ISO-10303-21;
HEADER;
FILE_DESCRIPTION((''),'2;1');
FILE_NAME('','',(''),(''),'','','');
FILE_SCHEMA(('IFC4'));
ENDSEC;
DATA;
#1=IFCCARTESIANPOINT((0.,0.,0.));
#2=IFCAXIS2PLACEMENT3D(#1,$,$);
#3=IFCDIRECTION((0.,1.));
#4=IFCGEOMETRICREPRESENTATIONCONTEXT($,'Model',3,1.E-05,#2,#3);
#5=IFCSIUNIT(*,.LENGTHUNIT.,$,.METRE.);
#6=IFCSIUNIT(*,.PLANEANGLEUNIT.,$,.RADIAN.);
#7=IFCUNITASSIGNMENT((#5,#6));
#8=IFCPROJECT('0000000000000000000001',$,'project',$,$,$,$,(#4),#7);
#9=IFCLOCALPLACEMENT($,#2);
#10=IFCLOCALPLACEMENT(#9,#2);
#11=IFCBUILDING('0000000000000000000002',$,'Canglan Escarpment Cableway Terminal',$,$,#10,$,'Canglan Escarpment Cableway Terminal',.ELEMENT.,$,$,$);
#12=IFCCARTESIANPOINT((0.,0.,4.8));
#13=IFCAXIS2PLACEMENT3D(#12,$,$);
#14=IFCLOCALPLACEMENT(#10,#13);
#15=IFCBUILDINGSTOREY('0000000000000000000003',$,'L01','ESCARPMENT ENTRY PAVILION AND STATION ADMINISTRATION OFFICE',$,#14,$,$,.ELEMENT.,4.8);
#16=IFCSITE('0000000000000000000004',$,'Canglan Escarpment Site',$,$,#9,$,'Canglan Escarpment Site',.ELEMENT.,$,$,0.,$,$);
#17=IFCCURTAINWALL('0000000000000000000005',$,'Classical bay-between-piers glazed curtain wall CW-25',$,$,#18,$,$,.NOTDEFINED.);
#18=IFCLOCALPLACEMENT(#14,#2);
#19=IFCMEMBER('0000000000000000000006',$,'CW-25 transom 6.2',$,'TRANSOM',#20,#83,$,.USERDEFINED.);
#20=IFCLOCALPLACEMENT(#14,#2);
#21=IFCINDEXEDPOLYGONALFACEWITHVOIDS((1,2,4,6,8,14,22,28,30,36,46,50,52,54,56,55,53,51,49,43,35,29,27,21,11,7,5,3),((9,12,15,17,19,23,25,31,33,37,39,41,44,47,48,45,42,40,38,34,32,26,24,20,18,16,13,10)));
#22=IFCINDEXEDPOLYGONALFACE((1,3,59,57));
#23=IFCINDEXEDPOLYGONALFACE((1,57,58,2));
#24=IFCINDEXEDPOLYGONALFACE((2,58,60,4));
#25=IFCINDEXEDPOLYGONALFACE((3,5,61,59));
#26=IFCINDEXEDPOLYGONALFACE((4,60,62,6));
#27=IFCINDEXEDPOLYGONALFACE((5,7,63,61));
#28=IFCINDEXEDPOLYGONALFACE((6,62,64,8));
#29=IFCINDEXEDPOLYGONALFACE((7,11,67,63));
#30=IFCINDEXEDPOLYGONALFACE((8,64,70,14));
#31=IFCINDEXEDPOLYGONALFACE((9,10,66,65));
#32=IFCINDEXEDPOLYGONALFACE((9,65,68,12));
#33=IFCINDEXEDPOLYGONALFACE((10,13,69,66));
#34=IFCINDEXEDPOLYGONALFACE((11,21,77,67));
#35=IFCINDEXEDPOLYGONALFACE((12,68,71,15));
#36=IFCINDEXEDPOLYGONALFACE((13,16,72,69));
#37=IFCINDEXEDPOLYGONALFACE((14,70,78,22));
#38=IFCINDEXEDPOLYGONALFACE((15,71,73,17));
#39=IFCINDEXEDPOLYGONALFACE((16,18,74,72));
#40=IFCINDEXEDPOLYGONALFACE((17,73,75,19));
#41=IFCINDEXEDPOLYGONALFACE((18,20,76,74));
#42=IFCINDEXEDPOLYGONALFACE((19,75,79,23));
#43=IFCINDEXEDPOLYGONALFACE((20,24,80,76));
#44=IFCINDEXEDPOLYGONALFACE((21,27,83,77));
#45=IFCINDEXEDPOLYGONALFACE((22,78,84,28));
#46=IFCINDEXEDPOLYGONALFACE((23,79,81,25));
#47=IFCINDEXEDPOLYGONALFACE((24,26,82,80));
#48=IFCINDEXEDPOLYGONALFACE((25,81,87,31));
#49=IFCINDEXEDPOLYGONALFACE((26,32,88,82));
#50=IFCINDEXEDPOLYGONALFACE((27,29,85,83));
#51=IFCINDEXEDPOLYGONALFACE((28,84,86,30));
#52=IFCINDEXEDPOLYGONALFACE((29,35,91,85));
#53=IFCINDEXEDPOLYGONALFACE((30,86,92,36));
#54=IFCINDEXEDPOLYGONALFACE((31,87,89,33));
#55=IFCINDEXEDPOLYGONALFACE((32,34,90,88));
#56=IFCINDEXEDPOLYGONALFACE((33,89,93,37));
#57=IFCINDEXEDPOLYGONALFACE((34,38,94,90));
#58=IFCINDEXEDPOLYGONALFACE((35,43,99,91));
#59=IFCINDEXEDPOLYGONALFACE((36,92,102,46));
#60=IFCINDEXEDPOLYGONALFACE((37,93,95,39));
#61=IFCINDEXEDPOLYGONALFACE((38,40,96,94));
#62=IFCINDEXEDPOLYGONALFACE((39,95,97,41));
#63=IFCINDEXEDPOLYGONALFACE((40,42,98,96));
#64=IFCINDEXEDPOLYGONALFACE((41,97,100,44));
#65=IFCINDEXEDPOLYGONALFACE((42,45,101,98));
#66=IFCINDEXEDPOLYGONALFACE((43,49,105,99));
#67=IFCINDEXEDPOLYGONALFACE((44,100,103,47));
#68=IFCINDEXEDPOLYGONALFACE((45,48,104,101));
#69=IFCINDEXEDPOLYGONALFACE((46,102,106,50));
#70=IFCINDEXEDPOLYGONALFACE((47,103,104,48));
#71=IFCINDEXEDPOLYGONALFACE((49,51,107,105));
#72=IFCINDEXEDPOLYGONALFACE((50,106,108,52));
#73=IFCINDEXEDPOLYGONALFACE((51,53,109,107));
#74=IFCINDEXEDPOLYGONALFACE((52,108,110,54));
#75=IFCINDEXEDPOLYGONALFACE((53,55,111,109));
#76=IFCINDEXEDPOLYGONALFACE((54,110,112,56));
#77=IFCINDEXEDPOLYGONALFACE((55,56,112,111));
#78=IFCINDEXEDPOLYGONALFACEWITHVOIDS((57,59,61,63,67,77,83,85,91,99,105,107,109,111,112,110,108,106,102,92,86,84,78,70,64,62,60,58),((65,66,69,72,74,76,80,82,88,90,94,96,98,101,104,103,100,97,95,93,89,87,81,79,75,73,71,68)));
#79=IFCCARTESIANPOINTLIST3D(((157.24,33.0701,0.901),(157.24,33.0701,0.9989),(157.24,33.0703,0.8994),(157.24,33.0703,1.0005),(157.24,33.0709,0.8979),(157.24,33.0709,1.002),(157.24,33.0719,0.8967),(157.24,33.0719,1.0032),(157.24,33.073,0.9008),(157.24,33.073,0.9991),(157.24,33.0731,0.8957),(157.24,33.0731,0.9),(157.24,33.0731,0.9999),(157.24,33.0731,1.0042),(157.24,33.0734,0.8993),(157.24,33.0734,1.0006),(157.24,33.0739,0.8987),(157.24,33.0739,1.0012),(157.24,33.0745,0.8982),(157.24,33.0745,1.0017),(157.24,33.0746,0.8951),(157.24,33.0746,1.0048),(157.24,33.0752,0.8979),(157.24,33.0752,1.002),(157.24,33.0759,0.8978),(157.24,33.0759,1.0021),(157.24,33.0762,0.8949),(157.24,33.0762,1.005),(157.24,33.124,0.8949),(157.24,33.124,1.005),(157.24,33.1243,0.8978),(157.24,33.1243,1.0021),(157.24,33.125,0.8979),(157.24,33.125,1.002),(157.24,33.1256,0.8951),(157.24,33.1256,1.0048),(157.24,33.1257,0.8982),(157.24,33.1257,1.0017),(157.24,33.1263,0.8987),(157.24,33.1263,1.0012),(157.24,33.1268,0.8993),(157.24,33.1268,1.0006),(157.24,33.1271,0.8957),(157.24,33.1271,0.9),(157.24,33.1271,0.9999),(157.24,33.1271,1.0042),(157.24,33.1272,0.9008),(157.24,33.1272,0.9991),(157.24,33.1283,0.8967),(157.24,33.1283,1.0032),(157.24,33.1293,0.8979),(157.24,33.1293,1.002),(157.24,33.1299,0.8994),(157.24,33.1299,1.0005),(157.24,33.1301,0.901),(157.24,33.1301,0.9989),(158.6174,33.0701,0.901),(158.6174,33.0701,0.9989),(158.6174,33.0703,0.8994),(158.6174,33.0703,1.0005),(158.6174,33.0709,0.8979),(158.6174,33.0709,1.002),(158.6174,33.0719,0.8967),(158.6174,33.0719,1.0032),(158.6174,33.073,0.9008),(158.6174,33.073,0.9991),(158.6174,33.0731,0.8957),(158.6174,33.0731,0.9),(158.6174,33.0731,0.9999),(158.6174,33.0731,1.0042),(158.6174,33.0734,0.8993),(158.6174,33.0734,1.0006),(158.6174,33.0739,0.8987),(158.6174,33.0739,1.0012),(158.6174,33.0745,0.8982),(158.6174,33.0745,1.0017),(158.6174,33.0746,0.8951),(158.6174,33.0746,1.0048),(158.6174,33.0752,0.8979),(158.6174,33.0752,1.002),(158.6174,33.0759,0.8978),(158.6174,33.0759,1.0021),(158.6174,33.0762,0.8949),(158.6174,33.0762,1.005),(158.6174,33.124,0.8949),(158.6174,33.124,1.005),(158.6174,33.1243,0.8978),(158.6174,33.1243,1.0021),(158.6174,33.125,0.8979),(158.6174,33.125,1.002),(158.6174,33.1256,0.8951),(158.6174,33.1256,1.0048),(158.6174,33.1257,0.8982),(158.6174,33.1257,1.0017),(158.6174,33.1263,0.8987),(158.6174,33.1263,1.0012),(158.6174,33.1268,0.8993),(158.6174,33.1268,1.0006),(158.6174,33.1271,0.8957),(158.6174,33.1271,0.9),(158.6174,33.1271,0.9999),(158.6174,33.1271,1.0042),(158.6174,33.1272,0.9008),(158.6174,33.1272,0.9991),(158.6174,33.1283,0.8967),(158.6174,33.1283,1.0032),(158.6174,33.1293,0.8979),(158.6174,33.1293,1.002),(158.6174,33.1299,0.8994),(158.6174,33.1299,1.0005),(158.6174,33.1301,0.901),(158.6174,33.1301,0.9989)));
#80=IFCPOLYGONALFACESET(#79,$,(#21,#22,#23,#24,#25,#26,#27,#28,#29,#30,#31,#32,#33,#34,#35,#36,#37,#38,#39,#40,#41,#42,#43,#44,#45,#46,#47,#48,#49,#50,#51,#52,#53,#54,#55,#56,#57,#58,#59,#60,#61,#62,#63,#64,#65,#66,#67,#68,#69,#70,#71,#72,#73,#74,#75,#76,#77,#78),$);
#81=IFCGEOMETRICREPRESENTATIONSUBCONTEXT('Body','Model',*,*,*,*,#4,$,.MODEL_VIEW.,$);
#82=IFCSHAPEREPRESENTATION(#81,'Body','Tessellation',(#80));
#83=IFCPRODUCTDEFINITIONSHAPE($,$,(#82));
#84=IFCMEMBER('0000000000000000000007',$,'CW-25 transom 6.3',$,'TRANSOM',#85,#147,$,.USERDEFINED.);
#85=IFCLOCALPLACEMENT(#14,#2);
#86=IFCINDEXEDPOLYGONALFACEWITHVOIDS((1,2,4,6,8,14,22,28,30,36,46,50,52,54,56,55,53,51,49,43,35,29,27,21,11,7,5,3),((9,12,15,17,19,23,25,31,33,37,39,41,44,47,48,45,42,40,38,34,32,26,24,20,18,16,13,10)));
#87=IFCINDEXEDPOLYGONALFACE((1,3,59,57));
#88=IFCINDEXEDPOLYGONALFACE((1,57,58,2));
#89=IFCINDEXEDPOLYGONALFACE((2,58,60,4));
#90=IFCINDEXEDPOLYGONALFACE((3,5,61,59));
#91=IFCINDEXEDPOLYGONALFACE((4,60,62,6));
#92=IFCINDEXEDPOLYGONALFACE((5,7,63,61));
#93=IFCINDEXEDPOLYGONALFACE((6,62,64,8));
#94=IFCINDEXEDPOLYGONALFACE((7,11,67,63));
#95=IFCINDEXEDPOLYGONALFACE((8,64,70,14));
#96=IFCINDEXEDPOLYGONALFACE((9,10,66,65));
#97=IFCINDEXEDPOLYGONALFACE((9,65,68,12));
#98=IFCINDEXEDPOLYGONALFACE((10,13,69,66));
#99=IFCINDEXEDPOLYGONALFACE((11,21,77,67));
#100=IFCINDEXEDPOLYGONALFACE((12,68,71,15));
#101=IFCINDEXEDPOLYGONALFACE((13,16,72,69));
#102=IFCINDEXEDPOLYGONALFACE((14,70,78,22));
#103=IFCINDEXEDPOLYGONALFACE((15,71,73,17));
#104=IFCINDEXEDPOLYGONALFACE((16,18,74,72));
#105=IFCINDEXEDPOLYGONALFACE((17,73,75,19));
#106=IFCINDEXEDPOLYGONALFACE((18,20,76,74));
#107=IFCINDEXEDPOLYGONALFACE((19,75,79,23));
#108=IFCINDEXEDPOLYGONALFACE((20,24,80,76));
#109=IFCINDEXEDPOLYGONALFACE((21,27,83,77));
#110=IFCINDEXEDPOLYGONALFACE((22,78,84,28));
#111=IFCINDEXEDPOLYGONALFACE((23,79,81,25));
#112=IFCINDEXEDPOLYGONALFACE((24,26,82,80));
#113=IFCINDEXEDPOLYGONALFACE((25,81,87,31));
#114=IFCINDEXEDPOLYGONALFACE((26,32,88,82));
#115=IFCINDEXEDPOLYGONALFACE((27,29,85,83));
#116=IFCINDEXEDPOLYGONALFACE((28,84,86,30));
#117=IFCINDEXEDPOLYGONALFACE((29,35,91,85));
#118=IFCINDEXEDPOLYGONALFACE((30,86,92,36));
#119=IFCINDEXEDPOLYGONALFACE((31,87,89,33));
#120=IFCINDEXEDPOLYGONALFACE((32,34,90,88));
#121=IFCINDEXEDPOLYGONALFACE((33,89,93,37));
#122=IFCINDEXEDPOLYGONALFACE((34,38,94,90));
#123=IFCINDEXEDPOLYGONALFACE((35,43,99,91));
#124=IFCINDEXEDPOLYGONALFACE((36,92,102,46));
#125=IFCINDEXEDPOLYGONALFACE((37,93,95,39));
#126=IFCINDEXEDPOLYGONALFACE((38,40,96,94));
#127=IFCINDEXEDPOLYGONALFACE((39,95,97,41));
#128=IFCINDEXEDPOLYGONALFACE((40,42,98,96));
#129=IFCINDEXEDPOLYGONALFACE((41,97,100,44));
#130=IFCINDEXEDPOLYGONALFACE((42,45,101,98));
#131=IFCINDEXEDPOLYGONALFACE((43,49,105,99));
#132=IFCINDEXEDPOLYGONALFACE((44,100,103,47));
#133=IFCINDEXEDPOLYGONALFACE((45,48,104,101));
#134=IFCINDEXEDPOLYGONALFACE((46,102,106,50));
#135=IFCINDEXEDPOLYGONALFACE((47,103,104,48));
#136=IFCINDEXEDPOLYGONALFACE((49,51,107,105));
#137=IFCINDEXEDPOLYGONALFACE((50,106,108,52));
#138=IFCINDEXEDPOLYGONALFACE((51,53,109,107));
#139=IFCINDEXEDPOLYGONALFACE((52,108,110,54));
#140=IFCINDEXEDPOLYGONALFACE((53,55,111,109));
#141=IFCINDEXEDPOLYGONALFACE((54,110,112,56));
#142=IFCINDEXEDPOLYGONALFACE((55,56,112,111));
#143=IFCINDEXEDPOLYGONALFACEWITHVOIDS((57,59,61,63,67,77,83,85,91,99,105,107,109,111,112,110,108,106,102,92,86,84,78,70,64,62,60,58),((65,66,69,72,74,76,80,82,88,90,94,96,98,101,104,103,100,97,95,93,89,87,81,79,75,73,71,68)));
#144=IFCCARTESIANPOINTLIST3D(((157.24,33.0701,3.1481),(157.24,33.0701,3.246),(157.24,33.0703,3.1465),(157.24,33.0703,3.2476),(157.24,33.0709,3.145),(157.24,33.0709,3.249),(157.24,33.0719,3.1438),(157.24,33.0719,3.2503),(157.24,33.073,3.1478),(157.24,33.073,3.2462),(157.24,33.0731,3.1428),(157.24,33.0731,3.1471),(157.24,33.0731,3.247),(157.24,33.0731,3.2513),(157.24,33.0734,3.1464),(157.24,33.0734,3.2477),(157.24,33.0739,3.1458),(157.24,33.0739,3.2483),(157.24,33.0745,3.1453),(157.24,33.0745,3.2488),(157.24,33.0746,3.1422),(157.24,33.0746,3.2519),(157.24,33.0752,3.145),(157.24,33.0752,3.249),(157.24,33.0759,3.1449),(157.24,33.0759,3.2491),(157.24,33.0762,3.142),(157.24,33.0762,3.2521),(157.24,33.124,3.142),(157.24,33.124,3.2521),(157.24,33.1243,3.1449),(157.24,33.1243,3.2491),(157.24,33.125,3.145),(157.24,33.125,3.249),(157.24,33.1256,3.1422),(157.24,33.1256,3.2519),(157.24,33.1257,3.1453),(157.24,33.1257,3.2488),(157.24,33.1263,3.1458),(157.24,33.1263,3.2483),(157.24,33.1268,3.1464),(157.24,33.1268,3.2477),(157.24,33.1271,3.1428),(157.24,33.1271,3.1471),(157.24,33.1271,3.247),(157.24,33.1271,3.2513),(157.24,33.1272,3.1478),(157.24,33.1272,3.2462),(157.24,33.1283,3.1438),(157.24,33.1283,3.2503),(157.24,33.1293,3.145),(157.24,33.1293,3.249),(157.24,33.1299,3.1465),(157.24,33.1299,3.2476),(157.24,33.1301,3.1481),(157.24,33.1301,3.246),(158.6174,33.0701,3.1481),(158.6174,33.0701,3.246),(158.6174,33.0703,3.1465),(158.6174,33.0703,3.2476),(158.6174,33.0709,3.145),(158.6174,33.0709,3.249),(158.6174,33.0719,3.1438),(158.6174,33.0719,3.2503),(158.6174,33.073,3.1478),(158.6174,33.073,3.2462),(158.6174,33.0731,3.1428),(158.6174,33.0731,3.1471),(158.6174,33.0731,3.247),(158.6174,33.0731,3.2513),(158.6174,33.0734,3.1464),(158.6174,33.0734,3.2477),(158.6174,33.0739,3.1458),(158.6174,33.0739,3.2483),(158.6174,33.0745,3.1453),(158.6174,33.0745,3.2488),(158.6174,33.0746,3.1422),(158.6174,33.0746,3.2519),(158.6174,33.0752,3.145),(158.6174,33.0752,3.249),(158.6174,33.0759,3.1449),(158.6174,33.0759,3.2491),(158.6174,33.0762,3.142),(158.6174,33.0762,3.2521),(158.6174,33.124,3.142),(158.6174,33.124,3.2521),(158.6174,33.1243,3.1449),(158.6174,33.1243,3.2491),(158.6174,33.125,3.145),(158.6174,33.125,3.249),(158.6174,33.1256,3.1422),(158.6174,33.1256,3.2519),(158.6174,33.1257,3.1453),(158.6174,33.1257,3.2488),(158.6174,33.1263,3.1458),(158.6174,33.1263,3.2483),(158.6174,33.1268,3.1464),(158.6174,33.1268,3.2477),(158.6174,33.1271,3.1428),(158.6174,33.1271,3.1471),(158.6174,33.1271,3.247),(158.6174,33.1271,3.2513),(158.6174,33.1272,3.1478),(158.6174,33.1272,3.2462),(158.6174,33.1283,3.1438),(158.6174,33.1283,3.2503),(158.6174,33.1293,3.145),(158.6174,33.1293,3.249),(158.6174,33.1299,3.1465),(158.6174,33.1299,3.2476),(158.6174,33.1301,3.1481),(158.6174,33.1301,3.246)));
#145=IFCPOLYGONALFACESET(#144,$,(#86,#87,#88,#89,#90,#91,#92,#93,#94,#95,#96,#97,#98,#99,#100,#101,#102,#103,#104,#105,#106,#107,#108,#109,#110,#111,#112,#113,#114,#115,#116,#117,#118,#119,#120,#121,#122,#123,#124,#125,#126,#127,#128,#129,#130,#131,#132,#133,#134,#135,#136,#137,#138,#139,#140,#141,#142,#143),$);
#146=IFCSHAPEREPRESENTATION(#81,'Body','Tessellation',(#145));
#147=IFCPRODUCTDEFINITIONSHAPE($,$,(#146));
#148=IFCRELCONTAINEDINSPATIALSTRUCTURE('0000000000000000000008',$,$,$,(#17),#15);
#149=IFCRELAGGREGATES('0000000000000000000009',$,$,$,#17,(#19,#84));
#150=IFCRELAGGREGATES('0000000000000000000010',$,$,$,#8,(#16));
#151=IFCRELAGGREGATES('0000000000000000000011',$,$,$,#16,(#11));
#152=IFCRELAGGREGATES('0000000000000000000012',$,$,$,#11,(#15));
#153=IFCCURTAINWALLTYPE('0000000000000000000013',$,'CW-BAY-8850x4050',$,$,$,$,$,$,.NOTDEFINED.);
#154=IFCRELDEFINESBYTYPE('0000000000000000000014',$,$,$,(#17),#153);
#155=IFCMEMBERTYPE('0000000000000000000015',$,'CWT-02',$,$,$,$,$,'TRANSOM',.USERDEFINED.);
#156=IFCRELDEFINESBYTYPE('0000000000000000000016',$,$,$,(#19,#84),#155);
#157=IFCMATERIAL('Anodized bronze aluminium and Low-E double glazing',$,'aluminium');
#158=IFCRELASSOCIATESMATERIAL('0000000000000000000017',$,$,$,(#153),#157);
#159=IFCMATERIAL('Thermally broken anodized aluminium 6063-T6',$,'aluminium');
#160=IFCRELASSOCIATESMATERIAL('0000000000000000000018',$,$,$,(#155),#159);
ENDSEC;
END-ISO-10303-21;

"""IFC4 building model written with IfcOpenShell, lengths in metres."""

from ifc_helpers import new_model, si_unit, direction, frame, origin, origin_2d, place, context, subcontext, project, spatial, hollow_rectangle, extrude, material, material_profile, profile_set, type_object, element, aggregate, save


model = new_model("IFC4")

# Units and contexts
model_context = context("Model", 3, precision=1e-05, world=origin(), true_north=direction((0.0, 1.0)))
body_context = subcontext(model_context, "Body", "Model", "MODEL_VIEW")
ifc_project = project(units=[si_unit("LENGTHUNIT", "METRE"), si_unit("PLANEANGLEUNIT", "RADIAN")], contexts=[model_context])

# Site, building, storey
site_placement = place(None, origin())
site = spatial("IfcSite", under=ifc_project, at=site_placement, Name="Canglan Escarpment Site", LongName="Canglan Escarpment Site", CompositionType="ELEMENT", RefElevation=0.0)
building_placement = place(site_placement, origin())
building = spatial("IfcBuilding", under=site, at=building_placement, Name="Canglan Escarpment Cableway Terminal", LongName="Canglan Escarpment Cableway Terminal", CompositionType="ELEMENT")
storey_placement = place(building_placement, frame((0.0, 0.0, 4.8)))
storey = spatial("IfcBuildingStorey", under=building, at=storey_placement, Name="L01", Description="ESCARPMENT ENTRY PAVILION AND STATION ADMINISTRATION OFFICE", CompositionType="ELEMENT", Elevation=4.8)

# Curtain wall, members
ifc_material_1 = material(Name="Anodized bronze aluminium and Low-E double glazing", Category="aluminium")
curtain_wall_type = type_object("IfcCurtainWallType", Name="CW-BAY-8850x4050", PredefinedType="NOTDEFINED", material=ifc_material_1)
curtain_wall_placement = place(storey_placement, origin())
curtain_wall = element("IfcCurtainWall", 1, at=curtain_wall_placement, inside=storey, type_object=curtain_wall_type, Name="Classical bay-between-piers glazed curtain wall CW-25", PredefinedType="NOTDEFINED")
ifc_material_2 = material(Name="Thermally broken anodized aluminium 6063-T6", Category="aluminium")
ifc_material_profile_1 = material_profile(ifc_material_2, hollow_rectangle(XDim=0.0601, YDim=0.1101, WallThickness=0.0029, InnerFilletRadius=0.0029, OuterFilletRadius=0.0061, at=origin_2d()), Name="ALU-TRAN 60x110x3")
ifc_profile_set_1 = profile_set([ifc_material_profile_1], Name="Thermally broken anodized aluminium 6063-T6")
member_type_1 = type_object("IfcMemberType", Name="CWT-02", ElementType="TRANSOM", PredefinedType="USERDEFINED", material=ifc_profile_set_1)
member_1_placement = place(storey_placement, frame((158.6174, 33.1001, 0.95), z_axis=(-1.0, 0.0, 0.0), x_axis=(0.0, -1.0, 0.0)))
member_1 = element("IfcMember", 2, at=member_1_placement, type_object=member_type_1, Name="CW-25 transom 6.2", ObjectType="TRANSOM", PredefinedType="USERDEFINED", context=body_context, shape_type="SweptSolid", body=[
    extrude(hollow_rectangle(XDim=0.0601, YDim=0.1101, WallThickness=0.0029, InnerFilletRadius=0.0029, OuterFilletRadius=0.0061, at=origin_2d()), origin(), (0.0, 0.0, 1.0), 1.3774),
])
member_2_placement = place(storey_placement, frame((158.6174, 33.1001, 3.197), z_axis=(-1.0, 0.0, 0.0), x_axis=(0.0, -1.0, 0.0)))
member_2 = element("IfcMember", 3, at=member_2_placement, type_object=member_type_1, Name="CW-25 transom 6.3", ObjectType="TRANSOM", PredefinedType="USERDEFINED", context=body_context, shape_type="SweptSolid", body=[
    extrude(hollow_rectangle(XDim=0.0601, YDim=0.1101, WallThickness=0.0029, InnerFilletRadius=0.0029, OuterFilletRadius=0.0061, at=origin_2d()), origin(), (0.0, 0.0, 1.0), 1.3774),
])
aggregate(curtain_wall, [member_1, member_2])

save(model, "model.ifc")
